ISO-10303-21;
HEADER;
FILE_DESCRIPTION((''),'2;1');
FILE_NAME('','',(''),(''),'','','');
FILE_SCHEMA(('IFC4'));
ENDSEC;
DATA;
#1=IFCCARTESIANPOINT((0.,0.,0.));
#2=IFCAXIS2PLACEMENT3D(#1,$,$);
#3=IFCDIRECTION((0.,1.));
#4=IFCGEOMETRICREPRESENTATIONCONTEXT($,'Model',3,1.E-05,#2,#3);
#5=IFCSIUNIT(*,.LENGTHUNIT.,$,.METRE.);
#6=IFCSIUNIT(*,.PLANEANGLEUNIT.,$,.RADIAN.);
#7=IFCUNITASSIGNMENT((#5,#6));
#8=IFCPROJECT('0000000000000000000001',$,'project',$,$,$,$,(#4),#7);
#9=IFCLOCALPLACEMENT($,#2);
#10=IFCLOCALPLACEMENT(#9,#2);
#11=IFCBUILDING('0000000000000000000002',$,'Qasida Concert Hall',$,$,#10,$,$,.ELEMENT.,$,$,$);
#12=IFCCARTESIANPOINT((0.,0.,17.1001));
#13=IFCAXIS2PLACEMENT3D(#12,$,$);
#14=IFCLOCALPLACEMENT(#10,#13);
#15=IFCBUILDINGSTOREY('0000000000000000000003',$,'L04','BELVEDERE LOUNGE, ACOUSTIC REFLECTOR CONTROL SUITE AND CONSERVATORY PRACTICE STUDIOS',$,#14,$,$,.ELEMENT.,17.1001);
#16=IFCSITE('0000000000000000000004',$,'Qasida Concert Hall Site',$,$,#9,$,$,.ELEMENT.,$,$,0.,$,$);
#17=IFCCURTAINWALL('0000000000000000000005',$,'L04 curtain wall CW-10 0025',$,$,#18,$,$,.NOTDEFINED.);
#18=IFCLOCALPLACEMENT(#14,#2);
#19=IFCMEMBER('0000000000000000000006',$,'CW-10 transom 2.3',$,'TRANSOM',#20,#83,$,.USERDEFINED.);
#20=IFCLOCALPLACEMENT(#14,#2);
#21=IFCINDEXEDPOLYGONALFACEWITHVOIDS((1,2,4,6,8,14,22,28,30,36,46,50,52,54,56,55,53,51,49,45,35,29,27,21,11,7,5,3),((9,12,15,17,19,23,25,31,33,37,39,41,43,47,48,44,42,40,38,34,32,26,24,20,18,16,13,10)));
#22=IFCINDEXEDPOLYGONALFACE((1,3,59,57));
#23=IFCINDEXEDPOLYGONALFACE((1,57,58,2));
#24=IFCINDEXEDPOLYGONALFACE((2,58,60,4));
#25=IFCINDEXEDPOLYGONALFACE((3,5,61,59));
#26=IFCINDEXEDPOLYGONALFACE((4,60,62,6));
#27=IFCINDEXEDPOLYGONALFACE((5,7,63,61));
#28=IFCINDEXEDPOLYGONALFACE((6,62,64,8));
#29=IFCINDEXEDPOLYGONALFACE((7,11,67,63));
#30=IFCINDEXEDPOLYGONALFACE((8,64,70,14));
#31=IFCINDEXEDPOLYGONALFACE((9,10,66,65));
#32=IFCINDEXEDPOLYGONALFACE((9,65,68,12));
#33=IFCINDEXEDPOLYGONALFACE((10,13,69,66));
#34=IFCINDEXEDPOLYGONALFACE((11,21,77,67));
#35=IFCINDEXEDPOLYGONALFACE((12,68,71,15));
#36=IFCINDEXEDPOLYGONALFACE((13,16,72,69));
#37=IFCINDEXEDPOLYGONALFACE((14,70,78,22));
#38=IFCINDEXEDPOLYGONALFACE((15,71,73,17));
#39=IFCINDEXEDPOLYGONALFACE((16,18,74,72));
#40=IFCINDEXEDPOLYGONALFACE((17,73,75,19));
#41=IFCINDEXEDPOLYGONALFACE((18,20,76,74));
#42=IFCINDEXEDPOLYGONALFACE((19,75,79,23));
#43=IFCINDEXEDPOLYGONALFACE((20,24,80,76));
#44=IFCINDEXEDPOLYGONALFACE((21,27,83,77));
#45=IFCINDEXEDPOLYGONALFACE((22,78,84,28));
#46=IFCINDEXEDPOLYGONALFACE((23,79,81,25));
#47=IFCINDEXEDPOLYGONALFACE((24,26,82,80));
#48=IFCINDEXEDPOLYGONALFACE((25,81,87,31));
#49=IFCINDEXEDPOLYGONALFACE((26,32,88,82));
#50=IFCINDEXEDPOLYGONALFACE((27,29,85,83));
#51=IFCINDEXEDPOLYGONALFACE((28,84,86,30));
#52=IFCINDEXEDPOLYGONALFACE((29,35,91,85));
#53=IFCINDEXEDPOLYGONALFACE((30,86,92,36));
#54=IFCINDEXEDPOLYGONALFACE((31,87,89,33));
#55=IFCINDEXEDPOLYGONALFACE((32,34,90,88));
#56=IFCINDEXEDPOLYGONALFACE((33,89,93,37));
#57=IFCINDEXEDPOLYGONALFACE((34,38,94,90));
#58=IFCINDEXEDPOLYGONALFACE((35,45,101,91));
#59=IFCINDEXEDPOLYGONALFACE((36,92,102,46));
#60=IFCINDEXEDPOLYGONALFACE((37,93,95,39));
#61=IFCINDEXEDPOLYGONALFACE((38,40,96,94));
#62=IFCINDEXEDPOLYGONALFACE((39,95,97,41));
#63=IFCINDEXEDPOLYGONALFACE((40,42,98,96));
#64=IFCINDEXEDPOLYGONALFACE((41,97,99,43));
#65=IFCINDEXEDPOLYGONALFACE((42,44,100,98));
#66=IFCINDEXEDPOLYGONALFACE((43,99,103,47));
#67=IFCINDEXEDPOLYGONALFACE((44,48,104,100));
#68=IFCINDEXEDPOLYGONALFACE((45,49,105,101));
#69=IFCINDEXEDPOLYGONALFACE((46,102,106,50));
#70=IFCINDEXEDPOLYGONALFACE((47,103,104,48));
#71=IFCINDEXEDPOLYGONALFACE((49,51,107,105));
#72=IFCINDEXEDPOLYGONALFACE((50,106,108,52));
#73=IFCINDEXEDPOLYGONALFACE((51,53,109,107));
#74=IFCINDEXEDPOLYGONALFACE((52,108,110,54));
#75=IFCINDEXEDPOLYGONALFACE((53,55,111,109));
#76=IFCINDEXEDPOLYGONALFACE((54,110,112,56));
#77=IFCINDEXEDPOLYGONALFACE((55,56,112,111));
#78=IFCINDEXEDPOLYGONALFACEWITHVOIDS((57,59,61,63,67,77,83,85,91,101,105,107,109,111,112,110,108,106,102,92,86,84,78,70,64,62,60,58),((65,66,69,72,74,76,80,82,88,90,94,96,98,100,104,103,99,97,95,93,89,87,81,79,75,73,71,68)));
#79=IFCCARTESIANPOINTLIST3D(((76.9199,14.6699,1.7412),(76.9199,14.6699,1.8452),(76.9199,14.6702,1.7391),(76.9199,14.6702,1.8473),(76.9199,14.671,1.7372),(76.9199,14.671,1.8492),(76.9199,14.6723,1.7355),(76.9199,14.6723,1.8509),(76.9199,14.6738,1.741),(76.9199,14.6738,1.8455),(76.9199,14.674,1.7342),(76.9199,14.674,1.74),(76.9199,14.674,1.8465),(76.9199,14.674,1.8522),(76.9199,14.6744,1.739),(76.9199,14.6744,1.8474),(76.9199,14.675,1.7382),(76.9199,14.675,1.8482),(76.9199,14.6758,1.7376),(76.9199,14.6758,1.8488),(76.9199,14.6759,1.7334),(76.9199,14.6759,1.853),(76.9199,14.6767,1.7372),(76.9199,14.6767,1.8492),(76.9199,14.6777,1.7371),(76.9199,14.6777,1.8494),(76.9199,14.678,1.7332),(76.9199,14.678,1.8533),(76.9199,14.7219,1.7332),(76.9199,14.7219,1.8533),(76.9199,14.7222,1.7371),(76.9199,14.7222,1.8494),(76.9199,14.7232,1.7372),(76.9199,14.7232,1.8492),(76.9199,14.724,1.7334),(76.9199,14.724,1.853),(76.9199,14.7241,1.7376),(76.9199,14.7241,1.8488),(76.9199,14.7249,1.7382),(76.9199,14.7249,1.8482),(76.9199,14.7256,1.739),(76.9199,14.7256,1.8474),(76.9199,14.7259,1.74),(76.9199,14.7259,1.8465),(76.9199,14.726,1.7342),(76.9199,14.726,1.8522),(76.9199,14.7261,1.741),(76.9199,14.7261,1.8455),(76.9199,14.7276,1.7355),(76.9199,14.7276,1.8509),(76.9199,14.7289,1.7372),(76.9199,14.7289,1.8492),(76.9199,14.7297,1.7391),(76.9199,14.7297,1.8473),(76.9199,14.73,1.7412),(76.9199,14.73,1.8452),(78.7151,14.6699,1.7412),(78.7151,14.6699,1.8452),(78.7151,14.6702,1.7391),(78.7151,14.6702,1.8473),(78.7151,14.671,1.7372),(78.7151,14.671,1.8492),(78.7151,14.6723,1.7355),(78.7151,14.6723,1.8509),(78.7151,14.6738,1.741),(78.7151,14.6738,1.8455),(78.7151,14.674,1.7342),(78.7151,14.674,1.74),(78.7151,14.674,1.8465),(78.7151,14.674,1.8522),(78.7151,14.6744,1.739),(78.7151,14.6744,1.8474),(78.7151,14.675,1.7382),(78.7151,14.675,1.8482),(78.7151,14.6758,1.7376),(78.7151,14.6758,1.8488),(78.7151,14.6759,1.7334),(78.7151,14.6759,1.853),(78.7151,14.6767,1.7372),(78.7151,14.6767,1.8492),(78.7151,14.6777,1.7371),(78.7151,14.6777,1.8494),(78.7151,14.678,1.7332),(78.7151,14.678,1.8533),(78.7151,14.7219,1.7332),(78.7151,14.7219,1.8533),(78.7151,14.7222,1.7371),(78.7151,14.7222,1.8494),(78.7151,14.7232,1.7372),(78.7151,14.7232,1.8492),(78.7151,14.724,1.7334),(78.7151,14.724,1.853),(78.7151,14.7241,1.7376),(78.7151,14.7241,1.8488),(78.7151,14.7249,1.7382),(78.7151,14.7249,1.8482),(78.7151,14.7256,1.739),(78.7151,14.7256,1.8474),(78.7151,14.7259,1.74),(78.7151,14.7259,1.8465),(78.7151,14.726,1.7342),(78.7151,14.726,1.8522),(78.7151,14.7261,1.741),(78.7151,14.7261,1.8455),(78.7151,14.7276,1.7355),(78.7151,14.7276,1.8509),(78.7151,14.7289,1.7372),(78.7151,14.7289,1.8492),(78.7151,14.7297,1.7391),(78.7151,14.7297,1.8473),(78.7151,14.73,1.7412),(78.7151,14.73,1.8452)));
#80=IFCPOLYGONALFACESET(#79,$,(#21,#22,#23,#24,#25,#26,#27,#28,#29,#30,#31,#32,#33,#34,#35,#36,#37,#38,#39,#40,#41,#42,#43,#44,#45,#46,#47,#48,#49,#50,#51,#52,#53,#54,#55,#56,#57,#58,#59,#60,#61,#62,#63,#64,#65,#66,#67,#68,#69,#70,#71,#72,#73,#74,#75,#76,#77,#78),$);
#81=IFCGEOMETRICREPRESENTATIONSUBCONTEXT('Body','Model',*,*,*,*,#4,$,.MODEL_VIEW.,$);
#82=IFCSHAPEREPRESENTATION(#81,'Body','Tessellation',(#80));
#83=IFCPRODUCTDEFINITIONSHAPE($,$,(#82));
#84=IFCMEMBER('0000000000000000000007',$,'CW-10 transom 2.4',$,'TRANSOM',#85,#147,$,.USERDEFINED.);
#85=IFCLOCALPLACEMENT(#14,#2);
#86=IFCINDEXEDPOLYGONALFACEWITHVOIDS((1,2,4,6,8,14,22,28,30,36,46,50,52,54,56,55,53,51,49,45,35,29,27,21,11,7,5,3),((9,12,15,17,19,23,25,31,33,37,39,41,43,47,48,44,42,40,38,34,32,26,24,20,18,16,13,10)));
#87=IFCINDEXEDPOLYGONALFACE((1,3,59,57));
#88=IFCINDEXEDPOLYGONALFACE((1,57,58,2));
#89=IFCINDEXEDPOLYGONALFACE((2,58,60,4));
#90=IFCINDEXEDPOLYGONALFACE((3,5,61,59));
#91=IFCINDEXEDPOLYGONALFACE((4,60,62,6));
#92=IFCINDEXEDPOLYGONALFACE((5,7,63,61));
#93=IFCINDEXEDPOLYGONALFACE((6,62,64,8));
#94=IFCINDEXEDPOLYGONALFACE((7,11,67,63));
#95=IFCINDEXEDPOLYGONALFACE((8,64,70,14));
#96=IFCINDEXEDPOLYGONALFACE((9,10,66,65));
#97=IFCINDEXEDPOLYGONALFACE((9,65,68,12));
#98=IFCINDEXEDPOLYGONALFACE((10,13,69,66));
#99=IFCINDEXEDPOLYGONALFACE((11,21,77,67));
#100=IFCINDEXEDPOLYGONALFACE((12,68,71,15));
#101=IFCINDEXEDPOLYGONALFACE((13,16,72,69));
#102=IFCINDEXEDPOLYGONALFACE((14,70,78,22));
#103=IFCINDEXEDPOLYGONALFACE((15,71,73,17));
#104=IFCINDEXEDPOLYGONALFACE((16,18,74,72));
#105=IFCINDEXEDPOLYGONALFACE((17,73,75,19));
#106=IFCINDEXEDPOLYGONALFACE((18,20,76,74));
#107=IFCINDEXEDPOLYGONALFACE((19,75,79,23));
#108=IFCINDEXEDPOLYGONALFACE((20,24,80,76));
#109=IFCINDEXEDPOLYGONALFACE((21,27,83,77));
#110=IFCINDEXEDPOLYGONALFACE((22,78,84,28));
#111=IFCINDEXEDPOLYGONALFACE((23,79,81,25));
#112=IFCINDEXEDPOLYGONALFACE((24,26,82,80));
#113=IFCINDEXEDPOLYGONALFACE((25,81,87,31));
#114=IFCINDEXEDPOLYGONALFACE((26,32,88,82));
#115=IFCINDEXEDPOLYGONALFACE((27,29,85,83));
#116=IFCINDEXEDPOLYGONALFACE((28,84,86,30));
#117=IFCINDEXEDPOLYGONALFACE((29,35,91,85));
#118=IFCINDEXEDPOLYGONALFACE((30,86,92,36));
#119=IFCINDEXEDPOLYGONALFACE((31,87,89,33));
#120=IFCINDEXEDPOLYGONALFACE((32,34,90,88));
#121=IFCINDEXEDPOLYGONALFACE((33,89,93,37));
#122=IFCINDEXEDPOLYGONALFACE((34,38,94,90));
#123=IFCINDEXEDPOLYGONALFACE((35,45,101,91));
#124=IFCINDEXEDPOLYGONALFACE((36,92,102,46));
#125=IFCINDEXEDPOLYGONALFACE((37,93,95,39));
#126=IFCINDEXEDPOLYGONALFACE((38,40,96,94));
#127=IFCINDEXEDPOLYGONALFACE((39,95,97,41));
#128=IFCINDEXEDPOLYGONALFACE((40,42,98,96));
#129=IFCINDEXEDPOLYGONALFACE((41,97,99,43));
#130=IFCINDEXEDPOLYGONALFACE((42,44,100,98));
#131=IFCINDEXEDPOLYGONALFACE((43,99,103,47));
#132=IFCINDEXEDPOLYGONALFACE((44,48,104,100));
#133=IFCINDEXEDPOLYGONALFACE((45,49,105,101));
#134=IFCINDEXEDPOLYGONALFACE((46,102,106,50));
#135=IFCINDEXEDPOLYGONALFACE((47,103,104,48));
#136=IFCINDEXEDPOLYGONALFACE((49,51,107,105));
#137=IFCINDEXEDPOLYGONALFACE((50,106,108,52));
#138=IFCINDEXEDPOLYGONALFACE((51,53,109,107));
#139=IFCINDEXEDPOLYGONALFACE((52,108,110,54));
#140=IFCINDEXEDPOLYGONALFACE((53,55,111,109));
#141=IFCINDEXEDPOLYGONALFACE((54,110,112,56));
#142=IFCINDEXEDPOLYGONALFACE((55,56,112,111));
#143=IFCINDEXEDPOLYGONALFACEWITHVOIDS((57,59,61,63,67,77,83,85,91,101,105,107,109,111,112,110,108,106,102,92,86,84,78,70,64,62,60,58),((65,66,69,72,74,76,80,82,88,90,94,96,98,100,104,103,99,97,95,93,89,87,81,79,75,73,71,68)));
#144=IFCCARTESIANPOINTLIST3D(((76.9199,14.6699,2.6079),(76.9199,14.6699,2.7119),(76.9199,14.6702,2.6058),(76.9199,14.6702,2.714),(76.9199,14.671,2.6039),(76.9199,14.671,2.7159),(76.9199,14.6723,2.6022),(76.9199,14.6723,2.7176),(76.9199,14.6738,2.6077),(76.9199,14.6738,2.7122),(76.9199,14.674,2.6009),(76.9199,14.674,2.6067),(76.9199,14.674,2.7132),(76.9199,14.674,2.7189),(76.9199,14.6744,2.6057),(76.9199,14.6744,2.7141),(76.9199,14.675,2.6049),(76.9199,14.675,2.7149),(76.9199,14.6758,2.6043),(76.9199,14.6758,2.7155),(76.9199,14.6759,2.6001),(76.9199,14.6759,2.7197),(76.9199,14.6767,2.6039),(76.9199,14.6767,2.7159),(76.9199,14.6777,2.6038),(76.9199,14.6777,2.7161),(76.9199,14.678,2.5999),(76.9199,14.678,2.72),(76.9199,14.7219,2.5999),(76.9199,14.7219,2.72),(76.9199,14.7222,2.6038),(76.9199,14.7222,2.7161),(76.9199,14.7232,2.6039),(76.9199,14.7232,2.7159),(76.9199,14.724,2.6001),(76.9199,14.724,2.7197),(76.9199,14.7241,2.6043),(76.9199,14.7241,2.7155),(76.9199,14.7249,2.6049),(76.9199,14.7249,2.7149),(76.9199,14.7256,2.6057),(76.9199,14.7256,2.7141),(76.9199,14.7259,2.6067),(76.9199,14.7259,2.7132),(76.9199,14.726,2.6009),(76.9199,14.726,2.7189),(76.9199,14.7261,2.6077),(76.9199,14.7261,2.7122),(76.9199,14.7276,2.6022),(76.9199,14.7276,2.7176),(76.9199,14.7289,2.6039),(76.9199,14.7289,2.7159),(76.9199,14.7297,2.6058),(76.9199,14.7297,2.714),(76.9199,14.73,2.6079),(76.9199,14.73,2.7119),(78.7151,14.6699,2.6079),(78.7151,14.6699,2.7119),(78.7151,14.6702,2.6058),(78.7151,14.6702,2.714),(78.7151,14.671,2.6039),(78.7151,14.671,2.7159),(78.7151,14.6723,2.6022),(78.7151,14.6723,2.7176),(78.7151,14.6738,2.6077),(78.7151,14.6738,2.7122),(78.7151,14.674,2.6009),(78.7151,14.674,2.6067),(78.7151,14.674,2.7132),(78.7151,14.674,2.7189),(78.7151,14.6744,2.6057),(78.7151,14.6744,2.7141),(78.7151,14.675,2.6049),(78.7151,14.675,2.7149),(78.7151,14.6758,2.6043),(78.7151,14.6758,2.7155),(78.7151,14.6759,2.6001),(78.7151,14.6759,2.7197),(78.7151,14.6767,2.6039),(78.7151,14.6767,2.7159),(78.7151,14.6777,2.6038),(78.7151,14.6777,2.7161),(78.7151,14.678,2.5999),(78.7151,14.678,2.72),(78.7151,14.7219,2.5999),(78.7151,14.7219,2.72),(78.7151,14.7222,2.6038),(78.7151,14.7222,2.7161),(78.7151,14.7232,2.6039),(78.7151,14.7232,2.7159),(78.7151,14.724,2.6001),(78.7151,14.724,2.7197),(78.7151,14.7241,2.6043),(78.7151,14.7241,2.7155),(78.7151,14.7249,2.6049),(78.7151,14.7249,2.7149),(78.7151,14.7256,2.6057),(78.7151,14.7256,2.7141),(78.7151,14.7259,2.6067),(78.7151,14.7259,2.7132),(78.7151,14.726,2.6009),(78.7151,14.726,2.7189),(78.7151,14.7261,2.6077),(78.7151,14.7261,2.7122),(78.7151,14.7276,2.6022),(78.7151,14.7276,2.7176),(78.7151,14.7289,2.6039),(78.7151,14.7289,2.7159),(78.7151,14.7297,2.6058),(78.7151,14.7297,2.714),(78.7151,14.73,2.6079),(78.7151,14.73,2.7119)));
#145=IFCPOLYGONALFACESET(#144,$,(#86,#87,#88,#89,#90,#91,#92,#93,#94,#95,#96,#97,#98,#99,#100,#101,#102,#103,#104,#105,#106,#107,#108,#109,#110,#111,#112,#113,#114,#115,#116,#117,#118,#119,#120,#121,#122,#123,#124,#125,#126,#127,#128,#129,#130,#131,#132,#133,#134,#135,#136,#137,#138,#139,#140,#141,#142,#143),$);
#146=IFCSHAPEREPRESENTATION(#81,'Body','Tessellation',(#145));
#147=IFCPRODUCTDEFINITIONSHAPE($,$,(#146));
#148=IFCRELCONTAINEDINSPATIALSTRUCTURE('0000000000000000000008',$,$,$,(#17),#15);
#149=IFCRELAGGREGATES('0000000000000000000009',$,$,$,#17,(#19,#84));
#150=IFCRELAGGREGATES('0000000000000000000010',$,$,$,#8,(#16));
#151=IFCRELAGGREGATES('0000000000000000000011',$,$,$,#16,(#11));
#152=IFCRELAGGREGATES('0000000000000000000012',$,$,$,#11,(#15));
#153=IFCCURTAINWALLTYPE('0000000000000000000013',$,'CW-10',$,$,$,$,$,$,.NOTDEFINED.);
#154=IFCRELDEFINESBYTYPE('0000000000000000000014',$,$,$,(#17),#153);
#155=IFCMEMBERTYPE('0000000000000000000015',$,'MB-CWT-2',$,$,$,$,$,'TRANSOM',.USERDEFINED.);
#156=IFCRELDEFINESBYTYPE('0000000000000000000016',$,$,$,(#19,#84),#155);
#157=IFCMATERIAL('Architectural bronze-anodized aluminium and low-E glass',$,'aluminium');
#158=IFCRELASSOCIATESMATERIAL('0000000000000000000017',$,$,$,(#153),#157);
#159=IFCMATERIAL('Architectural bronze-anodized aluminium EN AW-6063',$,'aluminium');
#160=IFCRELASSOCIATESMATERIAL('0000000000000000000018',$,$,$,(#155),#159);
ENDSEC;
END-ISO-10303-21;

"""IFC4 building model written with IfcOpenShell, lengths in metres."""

from ifc_helpers import new_model, si_unit, direction, frame, origin, origin_2d, place, context, subcontext, project, spatial, hollow_rectangle, extrude, material, material_profile, profile_set, type_object, element, aggregate, save


model = new_model("IFC4")

# Units and contexts
model_context = context("Model", 3, precision=1e-05, world=origin(), true_north=direction((0.0, 1.0)))
body_context = subcontext(model_context, "Body", "Model", "MODEL_VIEW")
ifc_project = project(units=[si_unit("LENGTHUNIT", "METRE"), si_unit("PLANEANGLEUNIT", "RADIAN")], contexts=[model_context])

# Site, building, storey
site_placement = place(None, origin())
site = spatial("IfcSite", under=ifc_project, at=site_placement, Name="Qasida Concert Hall Site", CompositionType="ELEMENT", RefElevation=0.0)
building_placement = place(site_placement, origin())
building = spatial("IfcBuilding", under=site, at=building_placement, Name="Qasida Concert Hall", CompositionType="ELEMENT")
storey_placement = place(building_placement, frame((0.0, 0.0, 17.1001)))
storey = spatial("IfcBuildingStorey", under=building, at=storey_placement, Name="L04", Description="BELVEDERE LOUNGE, ACOUSTIC REFLECTOR CONTROL SUITE AND CONSERVATORY PRACTICE STUDIOS", CompositionType="ELEMENT", Elevation=17.1001)

# Curtain wall, members
ifc_material_1 = material(Name="Architectural bronze-anodized aluminium and low-E glass", Category="aluminium")
curtain_wall_type = type_object("IfcCurtainWallType", Name="CW-10", PredefinedType="NOTDEFINED", material=ifc_material_1)
curtain_wall_placement = place(storey_placement, origin())
curtain_wall = element("IfcCurtainWall", 1, at=curtain_wall_placement, inside=storey, type_object=curtain_wall_type, Name="L04 curtain wall CW-10 0025", PredefinedType="NOTDEFINED")
ifc_material_2 = material(Name="Architectural bronze-anodized aluminium EN AW-6063", Category="aluminium")
ifc_material_profile_1 = material_profile(ifc_material_2, hollow_rectangle(XDim=0.0601, YDim=0.1201, WallThickness=0.0039, InnerFilletRadius=0.0039, OuterFilletRadius=0.0081, at=origin_2d()), Name="CWT 120x60x4")
ifc_profile_set_1 = profile_set([ifc_material_profile_1], Name="Architectural bronze-anodized aluminium EN AW-6063")
member_type_1 = type_object("IfcMemberType", Name="MB-CWT-2", ElementType="TRANSOM", PredefinedType="USERDEFINED", material=ifc_profile_set_1)
member_1_placement = place(storey_placement, frame((76.9199, 14.7, 1.7932), z_axis=(1.0, 0.0, 0.0), x_axis=(0.0, 1.0, 0.0)))
member_1 = element("IfcMember", 2, at=member_1_placement, type_object=member_type_1, Name="CW-10 transom 2.3", ObjectType="TRANSOM", PredefinedType="USERDEFINED", context=body_context, shape_type="SweptSolid", body=[
    extrude(hollow_rectangle(XDim=0.0601, YDim=0.1201, WallThickness=0.0039, InnerFilletRadius=0.0039, OuterFilletRadius=0.0081, at=origin_2d()), origin(), (0.0, 0.0, 1.0), 1.7952),
])
member_2_placement = place(storey_placement, frame((76.9199, 14.7, 2.6599), z_axis=(1.0, 0.0, 0.0), x_axis=(0.0, 1.0, 0.0)))
member_2 = element("IfcMember", 3, at=member_2_placement, type_object=member_type_1, Name="CW-10 transom 2.4", ObjectType="TRANSOM", PredefinedType="USERDEFINED", context=body_context, shape_type="SweptSolid", body=[
    extrude(hollow_rectangle(XDim=0.0601, YDim=0.1201, WallThickness=0.0039, InnerFilletRadius=0.0039, OuterFilletRadius=0.0081, at=origin_2d()), origin(), (0.0, 0.0, 1.0), 1.7952),
])
aggregate(curtain_wall, [member_1, member_2])

save(model, "model.ifc")
